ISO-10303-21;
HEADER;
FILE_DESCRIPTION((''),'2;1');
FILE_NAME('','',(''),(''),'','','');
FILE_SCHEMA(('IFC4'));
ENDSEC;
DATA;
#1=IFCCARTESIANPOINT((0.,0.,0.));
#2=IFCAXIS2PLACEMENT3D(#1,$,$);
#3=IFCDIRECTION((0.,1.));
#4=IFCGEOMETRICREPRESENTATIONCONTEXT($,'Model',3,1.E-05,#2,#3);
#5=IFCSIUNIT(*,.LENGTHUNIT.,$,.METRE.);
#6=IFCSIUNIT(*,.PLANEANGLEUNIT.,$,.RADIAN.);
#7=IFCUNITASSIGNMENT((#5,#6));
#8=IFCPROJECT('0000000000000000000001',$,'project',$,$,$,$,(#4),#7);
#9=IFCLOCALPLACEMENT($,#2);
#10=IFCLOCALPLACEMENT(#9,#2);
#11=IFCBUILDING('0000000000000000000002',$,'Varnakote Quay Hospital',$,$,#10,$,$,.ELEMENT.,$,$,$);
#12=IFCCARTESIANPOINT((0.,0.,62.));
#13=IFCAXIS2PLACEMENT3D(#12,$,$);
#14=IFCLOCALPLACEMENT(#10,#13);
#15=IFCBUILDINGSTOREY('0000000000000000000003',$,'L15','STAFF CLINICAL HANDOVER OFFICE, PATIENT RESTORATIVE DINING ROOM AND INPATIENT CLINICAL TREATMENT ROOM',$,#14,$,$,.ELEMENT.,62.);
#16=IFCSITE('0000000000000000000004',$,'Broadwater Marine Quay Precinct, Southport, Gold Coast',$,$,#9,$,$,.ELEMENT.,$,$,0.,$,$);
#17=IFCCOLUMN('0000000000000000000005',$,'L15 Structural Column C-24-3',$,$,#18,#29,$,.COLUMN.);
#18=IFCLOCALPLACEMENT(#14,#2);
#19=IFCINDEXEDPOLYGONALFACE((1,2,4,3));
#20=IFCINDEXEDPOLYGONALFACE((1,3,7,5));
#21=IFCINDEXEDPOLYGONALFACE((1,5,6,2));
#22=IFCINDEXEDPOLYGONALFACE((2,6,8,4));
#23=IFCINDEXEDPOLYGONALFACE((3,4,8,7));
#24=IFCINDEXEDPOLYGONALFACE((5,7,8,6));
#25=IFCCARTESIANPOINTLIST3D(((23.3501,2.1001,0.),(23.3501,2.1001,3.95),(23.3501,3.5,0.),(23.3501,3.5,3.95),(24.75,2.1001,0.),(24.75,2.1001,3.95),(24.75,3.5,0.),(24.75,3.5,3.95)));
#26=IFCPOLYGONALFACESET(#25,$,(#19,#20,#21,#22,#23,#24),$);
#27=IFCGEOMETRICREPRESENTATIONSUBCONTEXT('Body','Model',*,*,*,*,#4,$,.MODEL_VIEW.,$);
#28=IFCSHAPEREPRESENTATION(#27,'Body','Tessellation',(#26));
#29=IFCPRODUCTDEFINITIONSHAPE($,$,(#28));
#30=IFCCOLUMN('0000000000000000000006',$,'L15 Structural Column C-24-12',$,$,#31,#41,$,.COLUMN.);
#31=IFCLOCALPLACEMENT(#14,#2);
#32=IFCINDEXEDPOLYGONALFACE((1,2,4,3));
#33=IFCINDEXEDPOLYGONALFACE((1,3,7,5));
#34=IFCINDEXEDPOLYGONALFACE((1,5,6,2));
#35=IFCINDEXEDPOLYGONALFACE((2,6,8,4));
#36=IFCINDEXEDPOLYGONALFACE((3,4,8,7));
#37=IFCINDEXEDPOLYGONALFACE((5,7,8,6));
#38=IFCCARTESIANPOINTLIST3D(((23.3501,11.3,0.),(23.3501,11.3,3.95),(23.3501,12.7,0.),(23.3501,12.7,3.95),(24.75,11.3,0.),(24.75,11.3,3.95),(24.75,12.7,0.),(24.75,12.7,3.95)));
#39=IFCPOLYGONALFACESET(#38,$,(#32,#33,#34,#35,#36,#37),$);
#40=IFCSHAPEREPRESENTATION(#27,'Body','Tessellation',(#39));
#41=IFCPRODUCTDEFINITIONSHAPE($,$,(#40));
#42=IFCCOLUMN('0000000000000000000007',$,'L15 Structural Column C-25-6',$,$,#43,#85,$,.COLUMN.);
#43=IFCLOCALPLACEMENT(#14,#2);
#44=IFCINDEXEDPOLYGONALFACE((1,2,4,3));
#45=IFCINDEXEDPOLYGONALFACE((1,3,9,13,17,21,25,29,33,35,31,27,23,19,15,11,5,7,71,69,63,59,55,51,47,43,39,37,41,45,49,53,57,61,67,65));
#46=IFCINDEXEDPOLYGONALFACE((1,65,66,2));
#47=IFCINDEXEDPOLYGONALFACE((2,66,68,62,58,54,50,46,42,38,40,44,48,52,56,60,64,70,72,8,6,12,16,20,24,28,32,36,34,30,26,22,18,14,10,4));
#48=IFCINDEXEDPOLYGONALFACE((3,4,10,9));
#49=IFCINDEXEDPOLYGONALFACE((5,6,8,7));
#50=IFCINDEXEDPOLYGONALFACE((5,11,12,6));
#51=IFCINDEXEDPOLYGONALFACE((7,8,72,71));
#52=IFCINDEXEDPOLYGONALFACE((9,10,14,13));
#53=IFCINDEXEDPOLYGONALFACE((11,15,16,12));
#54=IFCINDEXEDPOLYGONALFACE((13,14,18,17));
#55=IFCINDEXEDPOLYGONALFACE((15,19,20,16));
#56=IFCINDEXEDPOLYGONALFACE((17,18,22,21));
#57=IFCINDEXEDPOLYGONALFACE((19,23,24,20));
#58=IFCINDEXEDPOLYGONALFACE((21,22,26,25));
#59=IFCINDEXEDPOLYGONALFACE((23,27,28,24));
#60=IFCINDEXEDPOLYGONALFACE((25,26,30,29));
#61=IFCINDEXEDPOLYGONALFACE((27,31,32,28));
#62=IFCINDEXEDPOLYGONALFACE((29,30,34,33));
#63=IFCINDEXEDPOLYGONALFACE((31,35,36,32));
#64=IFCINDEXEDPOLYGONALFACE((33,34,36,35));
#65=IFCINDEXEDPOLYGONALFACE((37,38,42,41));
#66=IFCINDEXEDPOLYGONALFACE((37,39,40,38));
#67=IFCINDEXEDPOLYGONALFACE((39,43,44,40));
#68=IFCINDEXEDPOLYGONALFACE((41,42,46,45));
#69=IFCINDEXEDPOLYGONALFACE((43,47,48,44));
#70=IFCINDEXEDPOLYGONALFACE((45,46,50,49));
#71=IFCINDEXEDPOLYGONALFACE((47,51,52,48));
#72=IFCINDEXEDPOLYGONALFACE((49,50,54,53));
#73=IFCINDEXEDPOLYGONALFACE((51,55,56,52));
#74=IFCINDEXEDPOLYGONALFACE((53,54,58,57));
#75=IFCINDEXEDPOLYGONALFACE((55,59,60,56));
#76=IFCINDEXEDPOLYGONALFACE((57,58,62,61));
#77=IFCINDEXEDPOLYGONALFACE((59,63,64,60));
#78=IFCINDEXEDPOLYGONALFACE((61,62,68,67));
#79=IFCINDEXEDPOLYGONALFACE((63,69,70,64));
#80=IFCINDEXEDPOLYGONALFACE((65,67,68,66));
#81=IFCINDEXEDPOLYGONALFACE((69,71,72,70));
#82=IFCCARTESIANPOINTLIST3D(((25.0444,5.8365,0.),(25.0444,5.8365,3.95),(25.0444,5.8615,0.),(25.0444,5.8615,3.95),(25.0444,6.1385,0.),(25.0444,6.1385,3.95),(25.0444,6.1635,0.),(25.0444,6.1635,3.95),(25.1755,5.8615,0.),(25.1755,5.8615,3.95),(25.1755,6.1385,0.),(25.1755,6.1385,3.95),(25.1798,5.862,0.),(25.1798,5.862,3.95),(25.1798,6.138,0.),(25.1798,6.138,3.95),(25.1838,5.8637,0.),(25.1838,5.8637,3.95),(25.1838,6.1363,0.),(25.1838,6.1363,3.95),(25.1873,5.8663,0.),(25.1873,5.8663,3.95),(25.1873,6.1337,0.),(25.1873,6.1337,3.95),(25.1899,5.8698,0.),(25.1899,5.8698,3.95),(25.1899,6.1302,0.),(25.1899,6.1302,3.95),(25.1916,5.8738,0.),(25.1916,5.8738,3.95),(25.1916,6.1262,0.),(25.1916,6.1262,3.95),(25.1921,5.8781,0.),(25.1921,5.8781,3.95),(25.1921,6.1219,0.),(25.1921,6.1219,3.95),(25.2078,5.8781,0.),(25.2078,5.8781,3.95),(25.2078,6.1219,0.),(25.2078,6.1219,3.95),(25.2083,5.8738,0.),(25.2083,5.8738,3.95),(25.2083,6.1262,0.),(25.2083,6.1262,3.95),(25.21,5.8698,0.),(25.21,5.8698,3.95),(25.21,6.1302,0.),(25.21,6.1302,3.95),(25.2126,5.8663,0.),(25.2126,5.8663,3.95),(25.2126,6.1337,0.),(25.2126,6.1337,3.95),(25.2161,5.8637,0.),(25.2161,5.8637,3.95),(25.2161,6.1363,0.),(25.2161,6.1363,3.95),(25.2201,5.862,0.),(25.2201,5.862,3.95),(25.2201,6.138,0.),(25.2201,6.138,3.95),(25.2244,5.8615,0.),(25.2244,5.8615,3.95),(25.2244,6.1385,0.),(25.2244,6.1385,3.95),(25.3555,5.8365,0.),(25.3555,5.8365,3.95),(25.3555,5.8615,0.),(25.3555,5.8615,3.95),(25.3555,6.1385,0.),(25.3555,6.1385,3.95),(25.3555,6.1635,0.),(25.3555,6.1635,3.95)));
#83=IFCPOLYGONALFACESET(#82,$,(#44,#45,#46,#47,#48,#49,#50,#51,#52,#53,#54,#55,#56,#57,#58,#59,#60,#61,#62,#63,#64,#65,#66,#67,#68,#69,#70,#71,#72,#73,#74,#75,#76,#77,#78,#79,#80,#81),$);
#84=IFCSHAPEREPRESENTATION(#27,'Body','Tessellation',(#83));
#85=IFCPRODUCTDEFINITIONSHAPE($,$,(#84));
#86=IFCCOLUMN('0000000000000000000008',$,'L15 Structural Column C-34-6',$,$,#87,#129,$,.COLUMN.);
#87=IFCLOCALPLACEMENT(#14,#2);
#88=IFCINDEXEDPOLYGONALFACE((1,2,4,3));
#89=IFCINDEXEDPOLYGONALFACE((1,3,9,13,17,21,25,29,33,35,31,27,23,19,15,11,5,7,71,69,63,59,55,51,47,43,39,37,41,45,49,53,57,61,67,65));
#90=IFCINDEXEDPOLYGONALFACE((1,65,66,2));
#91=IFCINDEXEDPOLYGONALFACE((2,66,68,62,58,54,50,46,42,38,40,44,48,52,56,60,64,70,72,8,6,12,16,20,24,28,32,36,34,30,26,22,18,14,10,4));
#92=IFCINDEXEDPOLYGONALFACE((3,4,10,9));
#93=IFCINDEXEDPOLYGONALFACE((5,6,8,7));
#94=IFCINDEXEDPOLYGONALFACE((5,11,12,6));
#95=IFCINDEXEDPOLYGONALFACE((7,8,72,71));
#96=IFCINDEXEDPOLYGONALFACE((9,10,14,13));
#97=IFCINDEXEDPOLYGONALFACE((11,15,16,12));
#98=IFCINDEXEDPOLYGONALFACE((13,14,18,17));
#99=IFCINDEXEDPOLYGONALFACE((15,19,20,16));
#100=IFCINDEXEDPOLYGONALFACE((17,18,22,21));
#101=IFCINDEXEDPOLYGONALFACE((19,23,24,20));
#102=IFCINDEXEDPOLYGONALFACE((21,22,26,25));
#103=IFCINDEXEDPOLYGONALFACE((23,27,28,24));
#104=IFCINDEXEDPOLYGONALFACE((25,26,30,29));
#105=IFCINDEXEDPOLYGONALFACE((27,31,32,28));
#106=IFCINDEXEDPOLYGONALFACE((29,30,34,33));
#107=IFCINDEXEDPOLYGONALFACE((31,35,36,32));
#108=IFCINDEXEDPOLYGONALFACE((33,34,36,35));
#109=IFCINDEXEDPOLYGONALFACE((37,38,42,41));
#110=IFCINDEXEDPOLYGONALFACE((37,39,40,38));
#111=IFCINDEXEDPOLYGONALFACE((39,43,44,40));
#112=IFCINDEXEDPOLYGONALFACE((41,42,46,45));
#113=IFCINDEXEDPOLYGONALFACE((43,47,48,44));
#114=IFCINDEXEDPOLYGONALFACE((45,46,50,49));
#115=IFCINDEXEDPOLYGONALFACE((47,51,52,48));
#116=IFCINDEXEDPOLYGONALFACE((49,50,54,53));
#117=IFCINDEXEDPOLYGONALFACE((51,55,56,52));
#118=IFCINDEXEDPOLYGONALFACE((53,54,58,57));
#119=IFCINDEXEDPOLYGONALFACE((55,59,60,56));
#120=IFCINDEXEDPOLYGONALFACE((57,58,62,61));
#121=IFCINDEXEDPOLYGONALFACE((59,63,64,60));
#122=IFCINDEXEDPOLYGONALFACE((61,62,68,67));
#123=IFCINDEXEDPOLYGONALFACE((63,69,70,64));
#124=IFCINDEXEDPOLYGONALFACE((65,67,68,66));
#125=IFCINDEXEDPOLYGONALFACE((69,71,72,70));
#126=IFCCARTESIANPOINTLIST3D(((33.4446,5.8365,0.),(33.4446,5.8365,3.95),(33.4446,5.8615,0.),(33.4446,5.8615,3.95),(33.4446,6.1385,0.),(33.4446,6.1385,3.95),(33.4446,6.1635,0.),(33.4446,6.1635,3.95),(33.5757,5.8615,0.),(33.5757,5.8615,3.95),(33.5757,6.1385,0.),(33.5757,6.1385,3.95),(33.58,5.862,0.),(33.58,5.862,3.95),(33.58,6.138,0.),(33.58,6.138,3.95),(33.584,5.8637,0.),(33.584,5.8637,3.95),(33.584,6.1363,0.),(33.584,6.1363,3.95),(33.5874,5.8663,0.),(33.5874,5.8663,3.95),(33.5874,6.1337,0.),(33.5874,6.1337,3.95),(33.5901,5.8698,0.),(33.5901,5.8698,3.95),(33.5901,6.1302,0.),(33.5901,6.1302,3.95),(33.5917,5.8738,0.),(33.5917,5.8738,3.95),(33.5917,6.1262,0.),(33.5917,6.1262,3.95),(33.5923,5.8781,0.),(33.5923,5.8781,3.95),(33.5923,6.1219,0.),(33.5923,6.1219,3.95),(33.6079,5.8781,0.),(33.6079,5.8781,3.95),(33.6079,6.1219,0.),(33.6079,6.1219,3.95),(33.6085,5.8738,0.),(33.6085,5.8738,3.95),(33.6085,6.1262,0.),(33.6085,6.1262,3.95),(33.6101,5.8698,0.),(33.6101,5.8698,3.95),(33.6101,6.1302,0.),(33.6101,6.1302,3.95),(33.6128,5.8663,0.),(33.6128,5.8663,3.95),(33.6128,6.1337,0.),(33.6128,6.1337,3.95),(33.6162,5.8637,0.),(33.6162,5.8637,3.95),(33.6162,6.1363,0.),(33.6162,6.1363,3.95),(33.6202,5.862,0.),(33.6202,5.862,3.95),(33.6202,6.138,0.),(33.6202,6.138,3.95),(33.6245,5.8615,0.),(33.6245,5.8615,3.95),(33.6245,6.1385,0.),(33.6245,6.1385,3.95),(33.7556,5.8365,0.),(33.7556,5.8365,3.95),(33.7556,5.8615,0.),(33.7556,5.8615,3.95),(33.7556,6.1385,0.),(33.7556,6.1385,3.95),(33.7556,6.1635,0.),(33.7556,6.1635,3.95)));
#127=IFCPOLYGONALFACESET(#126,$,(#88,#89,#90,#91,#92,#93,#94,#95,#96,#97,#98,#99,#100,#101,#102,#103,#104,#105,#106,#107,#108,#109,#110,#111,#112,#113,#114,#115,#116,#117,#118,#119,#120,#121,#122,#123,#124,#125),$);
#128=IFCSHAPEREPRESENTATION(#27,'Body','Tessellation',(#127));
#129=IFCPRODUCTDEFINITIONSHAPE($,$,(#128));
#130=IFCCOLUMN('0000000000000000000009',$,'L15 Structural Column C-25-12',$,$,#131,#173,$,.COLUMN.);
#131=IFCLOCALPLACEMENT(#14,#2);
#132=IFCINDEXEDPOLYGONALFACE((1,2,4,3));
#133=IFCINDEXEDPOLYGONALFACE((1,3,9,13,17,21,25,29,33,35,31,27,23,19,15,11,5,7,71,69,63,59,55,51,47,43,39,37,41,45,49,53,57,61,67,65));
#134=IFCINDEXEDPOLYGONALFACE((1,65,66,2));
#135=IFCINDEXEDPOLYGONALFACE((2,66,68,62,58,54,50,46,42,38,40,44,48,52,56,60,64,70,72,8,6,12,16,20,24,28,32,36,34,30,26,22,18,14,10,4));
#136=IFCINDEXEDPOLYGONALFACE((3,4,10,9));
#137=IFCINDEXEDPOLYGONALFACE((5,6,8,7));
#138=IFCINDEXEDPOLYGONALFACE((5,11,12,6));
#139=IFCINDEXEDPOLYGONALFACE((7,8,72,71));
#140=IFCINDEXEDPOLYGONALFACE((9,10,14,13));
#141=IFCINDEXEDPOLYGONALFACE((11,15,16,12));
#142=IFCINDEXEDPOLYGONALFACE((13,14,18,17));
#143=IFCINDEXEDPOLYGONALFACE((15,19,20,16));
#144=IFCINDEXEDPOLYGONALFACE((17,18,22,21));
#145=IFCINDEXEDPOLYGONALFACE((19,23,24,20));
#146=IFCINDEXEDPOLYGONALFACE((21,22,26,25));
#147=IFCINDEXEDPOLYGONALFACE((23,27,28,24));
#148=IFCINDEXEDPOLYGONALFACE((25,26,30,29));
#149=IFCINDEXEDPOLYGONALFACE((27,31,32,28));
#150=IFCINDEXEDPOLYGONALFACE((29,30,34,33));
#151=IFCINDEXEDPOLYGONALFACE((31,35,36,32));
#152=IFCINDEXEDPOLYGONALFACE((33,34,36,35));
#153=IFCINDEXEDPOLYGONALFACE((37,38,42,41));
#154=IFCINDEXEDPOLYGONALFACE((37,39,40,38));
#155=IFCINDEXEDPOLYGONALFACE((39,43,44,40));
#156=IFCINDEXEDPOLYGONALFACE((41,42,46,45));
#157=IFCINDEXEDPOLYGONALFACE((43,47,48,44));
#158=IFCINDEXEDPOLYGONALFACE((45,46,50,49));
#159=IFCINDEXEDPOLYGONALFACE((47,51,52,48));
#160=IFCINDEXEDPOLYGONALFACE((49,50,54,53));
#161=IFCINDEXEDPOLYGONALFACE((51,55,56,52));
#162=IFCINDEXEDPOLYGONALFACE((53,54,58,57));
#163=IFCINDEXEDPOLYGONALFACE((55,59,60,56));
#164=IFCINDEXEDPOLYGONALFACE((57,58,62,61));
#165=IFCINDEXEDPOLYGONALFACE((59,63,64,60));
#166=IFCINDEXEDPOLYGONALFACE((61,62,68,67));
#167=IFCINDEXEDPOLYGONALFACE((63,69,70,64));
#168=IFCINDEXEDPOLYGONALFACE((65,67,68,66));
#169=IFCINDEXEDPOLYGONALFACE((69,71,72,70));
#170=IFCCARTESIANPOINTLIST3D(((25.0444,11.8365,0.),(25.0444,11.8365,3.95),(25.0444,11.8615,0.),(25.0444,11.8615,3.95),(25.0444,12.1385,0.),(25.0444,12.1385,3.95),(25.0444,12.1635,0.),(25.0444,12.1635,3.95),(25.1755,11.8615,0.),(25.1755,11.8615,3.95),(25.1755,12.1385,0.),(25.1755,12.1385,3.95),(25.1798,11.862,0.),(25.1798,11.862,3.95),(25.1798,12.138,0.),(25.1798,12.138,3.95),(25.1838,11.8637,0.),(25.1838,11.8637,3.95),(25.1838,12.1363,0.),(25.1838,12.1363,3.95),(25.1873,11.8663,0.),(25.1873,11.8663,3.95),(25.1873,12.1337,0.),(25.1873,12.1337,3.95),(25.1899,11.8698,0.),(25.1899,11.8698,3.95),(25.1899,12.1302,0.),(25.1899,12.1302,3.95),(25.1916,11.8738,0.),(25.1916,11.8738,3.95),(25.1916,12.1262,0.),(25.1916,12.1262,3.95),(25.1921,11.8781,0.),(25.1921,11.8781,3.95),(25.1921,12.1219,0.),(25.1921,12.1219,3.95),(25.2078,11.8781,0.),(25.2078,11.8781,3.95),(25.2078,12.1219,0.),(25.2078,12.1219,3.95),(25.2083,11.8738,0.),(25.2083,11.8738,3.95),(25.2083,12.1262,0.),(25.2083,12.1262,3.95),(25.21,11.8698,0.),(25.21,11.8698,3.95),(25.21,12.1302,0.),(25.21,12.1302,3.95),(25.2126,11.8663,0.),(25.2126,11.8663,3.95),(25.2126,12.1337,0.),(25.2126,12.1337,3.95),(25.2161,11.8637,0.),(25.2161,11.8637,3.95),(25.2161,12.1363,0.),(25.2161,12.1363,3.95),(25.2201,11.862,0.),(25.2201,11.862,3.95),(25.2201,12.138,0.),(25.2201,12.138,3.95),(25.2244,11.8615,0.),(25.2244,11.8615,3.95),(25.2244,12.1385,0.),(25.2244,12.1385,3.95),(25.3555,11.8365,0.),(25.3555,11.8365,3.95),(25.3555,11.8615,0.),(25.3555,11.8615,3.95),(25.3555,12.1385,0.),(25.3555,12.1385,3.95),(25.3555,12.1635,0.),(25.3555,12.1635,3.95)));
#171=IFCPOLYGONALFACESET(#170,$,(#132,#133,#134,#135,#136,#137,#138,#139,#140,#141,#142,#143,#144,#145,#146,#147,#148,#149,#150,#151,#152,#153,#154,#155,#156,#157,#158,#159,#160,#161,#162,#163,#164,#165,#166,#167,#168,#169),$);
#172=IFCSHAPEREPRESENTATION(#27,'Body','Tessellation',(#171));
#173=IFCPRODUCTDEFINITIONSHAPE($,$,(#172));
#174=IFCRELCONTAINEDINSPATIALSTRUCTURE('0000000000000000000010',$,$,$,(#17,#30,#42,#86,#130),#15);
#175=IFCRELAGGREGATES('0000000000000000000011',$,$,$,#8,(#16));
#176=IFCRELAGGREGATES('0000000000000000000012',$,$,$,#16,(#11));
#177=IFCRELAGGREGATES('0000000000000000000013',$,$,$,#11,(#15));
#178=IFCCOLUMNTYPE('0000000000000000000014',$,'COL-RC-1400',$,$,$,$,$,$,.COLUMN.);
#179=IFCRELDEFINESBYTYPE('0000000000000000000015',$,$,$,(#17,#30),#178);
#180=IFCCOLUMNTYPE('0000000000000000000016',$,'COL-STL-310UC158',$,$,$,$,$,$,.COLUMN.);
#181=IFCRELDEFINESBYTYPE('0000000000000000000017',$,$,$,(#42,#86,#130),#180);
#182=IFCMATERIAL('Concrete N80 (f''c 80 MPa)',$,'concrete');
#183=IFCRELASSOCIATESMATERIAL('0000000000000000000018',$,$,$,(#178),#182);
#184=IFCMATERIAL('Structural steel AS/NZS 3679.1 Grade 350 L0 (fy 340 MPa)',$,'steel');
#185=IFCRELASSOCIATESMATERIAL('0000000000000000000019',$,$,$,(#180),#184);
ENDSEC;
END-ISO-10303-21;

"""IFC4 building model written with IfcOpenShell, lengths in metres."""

from ifc_helpers import new_model, si_unit, direction, frame, origin, origin_2d, place, context, subcontext, project, spatial, rectangle, i_section, extrude, material, material_profile, profile_set, type_object, element, save


model = new_model("IFC4")

# Units and contexts
model_context = context("Model", 3, precision=1e-05, world=origin(), true_north=direction((0.0, 1.0)))
body_context = subcontext(model_context, "Body", "Model", "MODEL_VIEW")
ifc_project = project(units=[si_unit("LENGTHUNIT", "METRE"), si_unit("PLANEANGLEUNIT", "RADIAN")], contexts=[model_context])

# Site, building, storey
site_placement = place(None, origin())
site = spatial("IfcSite", under=ifc_project, at=site_placement, Name="Broadwater Marine Quay Precinct, Southport, Gold Coast", CompositionType="ELEMENT", RefElevation=0.0)
building_placement = place(site_placement, origin())
building = spatial("IfcBuilding", under=site, at=building_placement, Name="Varnakote Quay Hospital", CompositionType="ELEMENT")
storey_placement = place(building_placement, frame((0.0, 0.0, 62.0)))
storey = spatial("IfcBuildingStorey", under=building, at=storey_placement, Name="L15", Description="STAFF CLINICAL HANDOVER OFFICE, PATIENT RESTORATIVE DINING ROOM AND INPATIENT CLINICAL TREATMENT ROOM", CompositionType="ELEMENT", Elevation=62.0)

# Columns
ifc_material_1 = material(Name="Concrete N80 (f'c 80 MPa)", Category="concrete")
ifc_material_profile_1 = material_profile(ifc_material_1, rectangle(XDim=1.3999, YDim=1.3999, at=origin_2d()), Name="RC-COL-1400x1400")
ifc_profile_set_1 = profile_set([ifc_material_profile_1], Name="Concrete N80 (f'c 80 MPa)")
column_type_1 = type_object("IfcColumnType", Name="COL-RC-1400", PredefinedType="COLUMN", material=ifc_profile_set_1)
for number, where, z_axis, x_axis, name in (
    (1, (24.05, 2.8, 0.0), (0.0, 0.0, 1.0), (1.0, 0.0, 0.0), "L15 Structural Column C-24-3"),
    (2, (24.05, 12.0, 0.0), (0.0, 0.0, 1.0), (1.0, 0.0, 0.0), "L15 Structural Column C-24-12"),
):
    element("IfcColumn", number, at=place(storey_placement, frame(where, z_axis=z_axis, x_axis=x_axis)), inside=storey, type_object=column_type_1, Name=name, PredefinedType="COLUMN", context=body_context, shape_type="SweptSolid", body=[
        extrude(rectangle(XDim=1.3999, YDim=1.3999, at=origin_2d()), origin(), (0.0, 0.0, 1.0), 3.95),
    ])
ifc_material_2 = material(Name="Structural steel AS/NZS 3679.1 Grade 350 L0 (fy 340 MPa)", Category="steel")
ifc_material_profile_2 = material_profile(ifc_material_2, i_section(OverallWidth=0.311, OverallDepth=0.3269, WebThickness=0.0156, FlangeThickness=0.0249, FilletRadius=0.0166, at=origin_2d()), Name="310UC158")
ifc_profile_set_2 = profile_set([ifc_material_profile_2], Name="Structural steel AS/NZS 3679.1 Grade 350 L0 (fy 340 MPa)")
column_type_2 = type_object("IfcColumnType", Name="COL-STL-310UC158", PredefinedType="COLUMN", material=ifc_profile_set_2)
for number, where, z_axis, x_axis, name in (
    (3, (25.2, 6.0, 0.0), (0.0, 0.0, 1.0), (1.0, 0.0, 0.0), "L15 Structural Column C-25-6"),
    (4, (33.6001, 6.0, 0.0), (0.0, 0.0, 1.0), (1.0, 0.0, 0.0), "L15 Structural Column C-34-6"),
    (5, (25.2, 12.0, 0.0), (0.0, 0.0, 1.0), (1.0, 0.0, 0.0), "L15 Structural Column C-25-12"),
):
    element("IfcColumn", number, at=place(storey_placement, frame(where, z_axis=z_axis, x_axis=x_axis)), inside=storey, type_object=column_type_2, Name=name, PredefinedType="COLUMN", context=body_context, shape_type="SweptSolid", body=[
        extrude(i_section(OverallWidth=0.311, OverallDepth=0.3269, WebThickness=0.0156, FlangeThickness=0.0249, FilletRadius=0.0166, at=origin_2d()), origin(), (0.0, 0.0, 1.0), 3.95),
    ])

save(model, "model.ifc")
